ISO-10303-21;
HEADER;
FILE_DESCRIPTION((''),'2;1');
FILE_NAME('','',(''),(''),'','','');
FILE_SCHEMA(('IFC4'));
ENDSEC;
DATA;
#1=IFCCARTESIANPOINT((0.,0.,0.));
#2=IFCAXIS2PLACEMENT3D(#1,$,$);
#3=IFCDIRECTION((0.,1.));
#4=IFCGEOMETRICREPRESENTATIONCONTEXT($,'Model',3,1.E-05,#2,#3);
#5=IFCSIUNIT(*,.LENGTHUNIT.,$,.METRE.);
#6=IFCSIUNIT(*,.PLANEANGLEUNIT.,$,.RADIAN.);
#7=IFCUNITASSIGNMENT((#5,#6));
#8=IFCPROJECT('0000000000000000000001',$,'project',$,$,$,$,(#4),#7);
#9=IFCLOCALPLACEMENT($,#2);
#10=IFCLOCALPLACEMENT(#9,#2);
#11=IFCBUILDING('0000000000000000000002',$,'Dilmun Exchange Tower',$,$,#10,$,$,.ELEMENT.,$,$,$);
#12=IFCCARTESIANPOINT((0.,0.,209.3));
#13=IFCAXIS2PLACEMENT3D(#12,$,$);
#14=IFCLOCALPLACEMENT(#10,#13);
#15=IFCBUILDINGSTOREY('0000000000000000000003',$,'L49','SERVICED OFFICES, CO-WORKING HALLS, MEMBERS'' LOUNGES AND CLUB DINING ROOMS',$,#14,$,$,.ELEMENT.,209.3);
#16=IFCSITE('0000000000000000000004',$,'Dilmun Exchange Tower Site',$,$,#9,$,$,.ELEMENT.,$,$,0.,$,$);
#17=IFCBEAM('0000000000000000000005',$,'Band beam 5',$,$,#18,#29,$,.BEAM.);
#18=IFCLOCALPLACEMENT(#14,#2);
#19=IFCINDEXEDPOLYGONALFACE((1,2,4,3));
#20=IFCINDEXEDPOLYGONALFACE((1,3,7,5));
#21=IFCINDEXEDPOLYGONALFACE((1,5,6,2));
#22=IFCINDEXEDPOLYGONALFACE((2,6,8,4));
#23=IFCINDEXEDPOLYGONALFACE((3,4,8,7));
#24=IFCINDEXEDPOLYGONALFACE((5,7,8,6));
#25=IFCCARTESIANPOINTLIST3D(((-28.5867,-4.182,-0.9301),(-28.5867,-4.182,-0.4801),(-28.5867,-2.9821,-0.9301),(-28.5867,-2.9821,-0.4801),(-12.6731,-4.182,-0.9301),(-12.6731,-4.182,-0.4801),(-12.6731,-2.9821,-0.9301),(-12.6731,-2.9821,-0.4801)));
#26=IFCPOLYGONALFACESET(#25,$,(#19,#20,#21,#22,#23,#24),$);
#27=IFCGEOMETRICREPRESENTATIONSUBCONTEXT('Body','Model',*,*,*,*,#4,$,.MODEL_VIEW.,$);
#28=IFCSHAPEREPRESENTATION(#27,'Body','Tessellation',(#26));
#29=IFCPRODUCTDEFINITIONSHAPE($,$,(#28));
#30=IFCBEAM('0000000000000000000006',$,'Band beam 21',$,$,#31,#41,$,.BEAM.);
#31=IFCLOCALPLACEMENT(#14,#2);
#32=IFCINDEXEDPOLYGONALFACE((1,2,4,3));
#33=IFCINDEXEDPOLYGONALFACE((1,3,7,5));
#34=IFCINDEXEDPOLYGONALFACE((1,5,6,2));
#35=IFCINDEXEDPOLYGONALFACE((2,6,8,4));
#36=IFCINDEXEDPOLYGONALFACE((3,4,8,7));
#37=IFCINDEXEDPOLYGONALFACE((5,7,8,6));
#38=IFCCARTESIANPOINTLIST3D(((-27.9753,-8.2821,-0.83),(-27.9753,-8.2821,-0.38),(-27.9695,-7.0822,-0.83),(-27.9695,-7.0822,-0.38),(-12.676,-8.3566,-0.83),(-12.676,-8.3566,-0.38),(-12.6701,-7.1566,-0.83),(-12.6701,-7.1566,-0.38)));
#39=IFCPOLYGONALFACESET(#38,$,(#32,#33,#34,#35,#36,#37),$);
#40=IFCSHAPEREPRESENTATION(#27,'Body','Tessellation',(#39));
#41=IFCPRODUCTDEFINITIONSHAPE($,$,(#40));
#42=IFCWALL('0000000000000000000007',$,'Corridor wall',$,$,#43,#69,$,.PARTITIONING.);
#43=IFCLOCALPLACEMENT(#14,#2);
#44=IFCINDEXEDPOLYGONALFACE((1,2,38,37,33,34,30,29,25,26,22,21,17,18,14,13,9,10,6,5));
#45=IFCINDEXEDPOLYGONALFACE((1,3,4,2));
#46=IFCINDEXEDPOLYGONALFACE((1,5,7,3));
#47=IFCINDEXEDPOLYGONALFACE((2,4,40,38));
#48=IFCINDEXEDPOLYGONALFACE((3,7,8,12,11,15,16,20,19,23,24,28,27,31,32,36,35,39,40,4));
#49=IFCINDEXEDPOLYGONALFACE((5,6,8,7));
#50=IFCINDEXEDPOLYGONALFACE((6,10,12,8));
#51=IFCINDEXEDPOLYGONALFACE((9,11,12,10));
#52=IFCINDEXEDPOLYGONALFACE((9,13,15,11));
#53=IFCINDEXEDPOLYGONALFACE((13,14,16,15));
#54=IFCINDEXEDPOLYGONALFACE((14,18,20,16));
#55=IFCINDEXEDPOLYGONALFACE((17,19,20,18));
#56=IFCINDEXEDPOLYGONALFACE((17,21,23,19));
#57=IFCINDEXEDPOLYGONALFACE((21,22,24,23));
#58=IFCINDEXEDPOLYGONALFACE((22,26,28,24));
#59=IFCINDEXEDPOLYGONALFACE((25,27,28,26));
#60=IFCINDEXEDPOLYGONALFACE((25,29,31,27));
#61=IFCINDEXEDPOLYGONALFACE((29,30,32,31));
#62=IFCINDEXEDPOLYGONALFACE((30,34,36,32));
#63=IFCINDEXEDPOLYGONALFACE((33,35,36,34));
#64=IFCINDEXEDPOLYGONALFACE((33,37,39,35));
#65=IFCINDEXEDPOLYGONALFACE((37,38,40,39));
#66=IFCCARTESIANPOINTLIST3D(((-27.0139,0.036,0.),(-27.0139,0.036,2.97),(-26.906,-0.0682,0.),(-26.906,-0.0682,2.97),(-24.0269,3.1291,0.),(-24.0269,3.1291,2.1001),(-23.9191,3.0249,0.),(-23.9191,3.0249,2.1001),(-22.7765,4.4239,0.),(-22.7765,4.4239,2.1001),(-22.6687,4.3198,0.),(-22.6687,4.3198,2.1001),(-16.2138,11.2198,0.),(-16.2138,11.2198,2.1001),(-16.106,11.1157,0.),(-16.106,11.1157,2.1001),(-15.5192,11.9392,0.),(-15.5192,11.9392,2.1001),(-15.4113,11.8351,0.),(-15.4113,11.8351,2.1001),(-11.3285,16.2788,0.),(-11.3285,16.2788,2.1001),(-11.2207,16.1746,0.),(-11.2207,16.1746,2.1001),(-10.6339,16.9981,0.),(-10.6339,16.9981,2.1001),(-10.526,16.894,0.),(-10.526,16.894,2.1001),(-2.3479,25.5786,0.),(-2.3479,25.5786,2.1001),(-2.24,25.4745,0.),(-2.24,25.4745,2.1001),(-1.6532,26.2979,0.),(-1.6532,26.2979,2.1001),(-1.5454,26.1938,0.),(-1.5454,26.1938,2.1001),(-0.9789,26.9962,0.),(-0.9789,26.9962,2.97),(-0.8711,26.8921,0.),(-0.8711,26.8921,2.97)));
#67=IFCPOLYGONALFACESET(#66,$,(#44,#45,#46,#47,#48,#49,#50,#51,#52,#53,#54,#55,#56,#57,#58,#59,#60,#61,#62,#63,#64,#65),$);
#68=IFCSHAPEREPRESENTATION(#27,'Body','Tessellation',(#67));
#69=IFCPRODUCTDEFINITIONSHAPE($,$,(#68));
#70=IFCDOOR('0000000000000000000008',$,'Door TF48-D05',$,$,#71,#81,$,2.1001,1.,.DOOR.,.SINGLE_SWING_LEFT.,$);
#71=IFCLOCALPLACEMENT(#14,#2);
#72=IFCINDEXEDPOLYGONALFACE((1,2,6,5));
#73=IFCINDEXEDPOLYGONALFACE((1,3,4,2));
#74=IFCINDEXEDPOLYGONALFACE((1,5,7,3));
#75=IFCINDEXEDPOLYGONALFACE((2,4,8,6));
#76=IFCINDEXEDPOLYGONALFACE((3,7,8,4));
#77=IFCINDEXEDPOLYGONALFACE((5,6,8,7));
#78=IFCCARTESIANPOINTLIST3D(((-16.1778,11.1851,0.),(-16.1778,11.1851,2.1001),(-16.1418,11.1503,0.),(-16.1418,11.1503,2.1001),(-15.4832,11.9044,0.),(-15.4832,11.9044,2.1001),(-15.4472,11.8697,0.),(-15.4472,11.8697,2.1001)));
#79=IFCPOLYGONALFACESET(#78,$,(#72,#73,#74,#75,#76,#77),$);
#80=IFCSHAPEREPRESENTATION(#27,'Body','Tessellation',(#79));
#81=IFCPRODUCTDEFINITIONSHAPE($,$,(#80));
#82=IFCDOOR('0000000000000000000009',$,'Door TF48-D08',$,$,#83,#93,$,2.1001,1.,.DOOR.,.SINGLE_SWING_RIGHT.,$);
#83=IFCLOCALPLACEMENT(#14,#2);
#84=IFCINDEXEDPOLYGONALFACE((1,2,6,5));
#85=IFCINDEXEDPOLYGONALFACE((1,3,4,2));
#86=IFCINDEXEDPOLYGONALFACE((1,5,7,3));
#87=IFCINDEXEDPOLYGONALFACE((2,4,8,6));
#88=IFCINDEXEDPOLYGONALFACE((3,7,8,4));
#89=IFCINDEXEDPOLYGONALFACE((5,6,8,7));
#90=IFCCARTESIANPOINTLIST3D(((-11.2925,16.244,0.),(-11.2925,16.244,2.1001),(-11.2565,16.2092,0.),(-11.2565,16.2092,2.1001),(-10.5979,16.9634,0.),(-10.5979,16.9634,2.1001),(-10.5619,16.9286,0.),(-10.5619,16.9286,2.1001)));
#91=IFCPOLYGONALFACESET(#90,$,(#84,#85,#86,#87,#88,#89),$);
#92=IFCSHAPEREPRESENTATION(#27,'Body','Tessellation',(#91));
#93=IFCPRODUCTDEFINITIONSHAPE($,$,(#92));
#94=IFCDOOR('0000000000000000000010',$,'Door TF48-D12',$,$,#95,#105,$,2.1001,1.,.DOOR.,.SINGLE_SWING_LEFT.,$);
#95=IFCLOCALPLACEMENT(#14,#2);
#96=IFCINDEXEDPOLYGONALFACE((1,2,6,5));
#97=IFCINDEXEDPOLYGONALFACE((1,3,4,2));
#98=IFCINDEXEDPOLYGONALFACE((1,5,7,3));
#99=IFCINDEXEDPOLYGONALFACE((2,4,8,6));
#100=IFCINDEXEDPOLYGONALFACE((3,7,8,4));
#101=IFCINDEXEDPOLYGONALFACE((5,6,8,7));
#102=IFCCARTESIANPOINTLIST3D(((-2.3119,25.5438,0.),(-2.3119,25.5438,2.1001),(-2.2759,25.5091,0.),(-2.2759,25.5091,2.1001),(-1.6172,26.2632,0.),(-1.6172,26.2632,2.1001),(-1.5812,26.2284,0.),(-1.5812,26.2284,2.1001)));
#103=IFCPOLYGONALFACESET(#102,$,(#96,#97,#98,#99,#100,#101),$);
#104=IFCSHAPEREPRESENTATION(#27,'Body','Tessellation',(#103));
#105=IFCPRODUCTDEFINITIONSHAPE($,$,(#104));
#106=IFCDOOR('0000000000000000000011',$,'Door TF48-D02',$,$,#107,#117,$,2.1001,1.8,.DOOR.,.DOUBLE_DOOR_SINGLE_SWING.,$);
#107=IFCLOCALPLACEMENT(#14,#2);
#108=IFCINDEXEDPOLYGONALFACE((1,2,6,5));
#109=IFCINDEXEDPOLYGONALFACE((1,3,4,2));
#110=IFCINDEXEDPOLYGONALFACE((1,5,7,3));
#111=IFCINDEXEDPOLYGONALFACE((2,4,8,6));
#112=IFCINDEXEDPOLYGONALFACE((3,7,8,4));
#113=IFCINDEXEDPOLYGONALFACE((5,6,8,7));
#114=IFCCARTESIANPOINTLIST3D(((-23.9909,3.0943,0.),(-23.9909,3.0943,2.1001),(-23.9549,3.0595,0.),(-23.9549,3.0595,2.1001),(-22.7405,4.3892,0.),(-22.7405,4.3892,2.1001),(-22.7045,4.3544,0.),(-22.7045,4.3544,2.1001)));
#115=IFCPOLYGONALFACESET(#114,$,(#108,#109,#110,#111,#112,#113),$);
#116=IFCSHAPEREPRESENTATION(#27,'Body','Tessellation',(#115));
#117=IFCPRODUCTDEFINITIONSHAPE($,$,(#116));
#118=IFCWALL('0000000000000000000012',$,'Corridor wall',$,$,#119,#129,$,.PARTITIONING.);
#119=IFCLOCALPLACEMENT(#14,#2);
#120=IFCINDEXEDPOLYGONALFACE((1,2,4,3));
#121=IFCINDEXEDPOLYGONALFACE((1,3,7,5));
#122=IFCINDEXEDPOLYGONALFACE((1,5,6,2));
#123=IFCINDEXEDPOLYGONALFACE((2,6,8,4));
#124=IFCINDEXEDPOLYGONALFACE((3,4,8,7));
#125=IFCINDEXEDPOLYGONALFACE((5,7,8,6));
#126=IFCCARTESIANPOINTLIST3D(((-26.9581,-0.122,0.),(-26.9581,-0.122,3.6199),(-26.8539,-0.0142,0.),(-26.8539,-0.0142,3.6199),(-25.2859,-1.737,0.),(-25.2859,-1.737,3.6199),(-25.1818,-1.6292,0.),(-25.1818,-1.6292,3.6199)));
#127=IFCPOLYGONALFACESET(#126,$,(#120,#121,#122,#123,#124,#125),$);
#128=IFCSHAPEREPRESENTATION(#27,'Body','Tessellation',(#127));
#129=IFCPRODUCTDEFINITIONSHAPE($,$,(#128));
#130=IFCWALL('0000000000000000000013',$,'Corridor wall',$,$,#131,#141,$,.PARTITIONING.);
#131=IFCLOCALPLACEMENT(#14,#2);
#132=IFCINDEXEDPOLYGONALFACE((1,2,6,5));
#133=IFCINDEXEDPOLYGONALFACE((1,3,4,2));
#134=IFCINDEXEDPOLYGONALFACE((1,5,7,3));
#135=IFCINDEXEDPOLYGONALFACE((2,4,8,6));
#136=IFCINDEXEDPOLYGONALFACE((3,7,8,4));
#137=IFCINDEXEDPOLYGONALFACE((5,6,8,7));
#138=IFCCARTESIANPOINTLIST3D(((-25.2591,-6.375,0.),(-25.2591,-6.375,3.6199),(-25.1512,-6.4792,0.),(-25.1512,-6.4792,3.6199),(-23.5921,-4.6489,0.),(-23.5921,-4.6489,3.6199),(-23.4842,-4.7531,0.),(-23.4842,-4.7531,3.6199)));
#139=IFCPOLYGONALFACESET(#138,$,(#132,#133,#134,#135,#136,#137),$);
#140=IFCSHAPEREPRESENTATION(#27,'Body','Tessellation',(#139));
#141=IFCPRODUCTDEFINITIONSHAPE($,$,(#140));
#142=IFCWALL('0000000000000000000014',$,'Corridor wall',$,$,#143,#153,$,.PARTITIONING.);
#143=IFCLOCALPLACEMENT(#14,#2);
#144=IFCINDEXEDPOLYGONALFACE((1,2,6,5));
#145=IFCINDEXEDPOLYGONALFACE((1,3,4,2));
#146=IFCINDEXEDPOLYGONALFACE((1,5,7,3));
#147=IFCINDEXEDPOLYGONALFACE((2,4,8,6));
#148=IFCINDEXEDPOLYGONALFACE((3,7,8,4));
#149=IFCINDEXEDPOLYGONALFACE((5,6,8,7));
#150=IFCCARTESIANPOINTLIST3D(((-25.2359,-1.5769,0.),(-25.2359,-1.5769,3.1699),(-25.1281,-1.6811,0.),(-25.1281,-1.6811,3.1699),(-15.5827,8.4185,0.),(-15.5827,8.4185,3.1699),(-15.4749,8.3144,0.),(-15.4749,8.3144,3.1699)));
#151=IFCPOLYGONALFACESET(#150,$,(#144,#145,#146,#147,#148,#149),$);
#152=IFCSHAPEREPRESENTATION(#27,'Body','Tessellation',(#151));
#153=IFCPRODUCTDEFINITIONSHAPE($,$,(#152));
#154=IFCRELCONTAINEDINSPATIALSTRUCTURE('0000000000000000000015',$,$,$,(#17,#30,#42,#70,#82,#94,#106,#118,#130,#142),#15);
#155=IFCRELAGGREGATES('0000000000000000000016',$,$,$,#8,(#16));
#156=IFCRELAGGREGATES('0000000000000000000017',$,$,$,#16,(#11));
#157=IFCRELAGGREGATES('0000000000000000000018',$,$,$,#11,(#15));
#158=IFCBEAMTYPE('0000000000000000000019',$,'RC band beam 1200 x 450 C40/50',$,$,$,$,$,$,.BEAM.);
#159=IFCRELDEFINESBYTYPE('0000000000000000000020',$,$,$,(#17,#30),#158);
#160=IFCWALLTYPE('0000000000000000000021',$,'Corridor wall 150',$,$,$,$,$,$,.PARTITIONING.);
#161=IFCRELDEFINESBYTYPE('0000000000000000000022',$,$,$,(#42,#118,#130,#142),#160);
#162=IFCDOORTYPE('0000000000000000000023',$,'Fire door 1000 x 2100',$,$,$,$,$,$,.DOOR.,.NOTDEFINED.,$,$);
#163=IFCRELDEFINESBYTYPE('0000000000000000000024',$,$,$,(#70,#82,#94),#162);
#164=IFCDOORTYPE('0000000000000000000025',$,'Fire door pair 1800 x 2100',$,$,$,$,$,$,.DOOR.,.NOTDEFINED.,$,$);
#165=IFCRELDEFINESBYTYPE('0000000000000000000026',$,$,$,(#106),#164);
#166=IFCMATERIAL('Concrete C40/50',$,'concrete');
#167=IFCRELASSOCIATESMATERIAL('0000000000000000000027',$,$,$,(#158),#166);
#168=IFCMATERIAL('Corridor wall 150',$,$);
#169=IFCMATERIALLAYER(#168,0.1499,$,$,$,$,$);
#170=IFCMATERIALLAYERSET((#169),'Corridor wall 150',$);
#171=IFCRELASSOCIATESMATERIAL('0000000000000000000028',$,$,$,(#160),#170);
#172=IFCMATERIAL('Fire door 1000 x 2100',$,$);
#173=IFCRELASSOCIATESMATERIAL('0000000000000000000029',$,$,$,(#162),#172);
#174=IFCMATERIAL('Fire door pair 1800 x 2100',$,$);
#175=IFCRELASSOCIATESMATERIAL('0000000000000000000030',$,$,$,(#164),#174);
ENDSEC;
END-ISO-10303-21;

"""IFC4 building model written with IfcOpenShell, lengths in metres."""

from ifc_helpers import new_model, si_unit, direction, frame, frame_2d, origin, origin_2d, place, context, subcontext, project, spatial, rectangle, extrude, material, layer, layer_set, material_profile, profile_set, type_object, element, fill, save


model = new_model("IFC4")

# Units and contexts
model_context = context("Model", 3, precision=1e-05, world=origin(), true_north=direction((0.0, 1.0)))
body_context = subcontext(model_context, "Body", "Model", "MODEL_VIEW")
ifc_project = project(units=[si_unit("LENGTHUNIT", "METRE"), si_unit("PLANEANGLEUNIT", "RADIAN")], contexts=[model_context])

# Site, building, storey
site_placement = place(None, origin())
site = spatial("IfcSite", under=ifc_project, at=site_placement, Name="Dilmun Exchange Tower Site", CompositionType="ELEMENT", RefElevation=0.0)
building_placement = place(site_placement, origin())
building = spatial("IfcBuilding", under=site, at=building_placement, Name="Dilmun Exchange Tower", CompositionType="ELEMENT")
storey_placement = place(building_placement, frame((0.0, 0.0, 209.3)))
storey = spatial("IfcBuildingStorey", under=building, at=storey_placement, Name="L49", Description="SERVICED OFFICES, CO-WORKING HALLS, MEMBERS' LOUNGES AND CLUB DINING ROOMS", CompositionType="ELEMENT", Elevation=209.3)

# Beams
ifc_material_1 = material(Name="Concrete C40/50", Category="concrete")
ifc_material_profile = material_profile(ifc_material_1, rectangle(XDim=1.2, YDim=0.45, at=origin_2d()), Name="1200 x 450")
ifc_profile_set = profile_set([ifc_material_profile], Name="Concrete C40/50")
beam_type = type_object("IfcBeamType", Name="RC band beam 1200 x 450 C40/50", PredefinedType="BEAM", material=ifc_profile_set)
beam_1_placement = place(storey_placement, frame((-28.5867, -3.582, -0.7051), z_axis=(1.0, 0.0, 0.0), x_axis=(0.0, 1.0, 0.0)))
element("IfcBeam", 1, at=beam_1_placement, inside=storey, type_object=beam_type, Name="Band beam 5", PredefinedType="BEAM", context=body_context, shape_type="SweptSolid", body=[
    extrude(rectangle(XDim=1.2, YDim=0.45, at=origin_2d()), origin(), (0.0, 0.0, 1.0), 15.9136),
])
beam_2_placement = place(storey_placement, frame((-27.9724, -7.6821, -0.605), z_axis=(0.999988, -0.004867, 0.0), x_axis=(0.004867, 0.999988, 0.0)))
element("IfcBeam", 2, at=beam_2_placement, inside=storey, type_object=beam_type, Name="Band beam 21", PredefinedType="BEAM", context=body_context, shape_type="SweptSolid", body=[
    extrude(rectangle(XDim=1.2, YDim=0.45, at=origin_2d()), origin(), (0.0, 0.0, 1.0), 15.2996),
])

# Wall, openings, doors
ifc_material_2 = material(Name="Corridor wall 150")
ifc_layer = layer(ifc_material_2, 0.1499)
ifc_layer_set = layer_set([ifc_layer], Name="Corridor wall 150")
wall_type = type_object("IfcWallType", Name="Corridor wall 150", PredefinedType="PARTITIONING", material=ifc_layer_set)
wall_1_placement = place(storey_placement, frame((-26.96, -0.0161, 0.0), z_axis=(0.0, 0.0, 1.0), x_axis=(0.694655, 0.719343, 0.0)))
wall_1 = element("IfcWall", 3, at=wall_1_placement, inside=storey, type_object=wall_type, Name="Corridor wall", PredefinedType="PARTITIONING", context=body_context, shape_type="SweptSolid", body=[
    extrude(rectangle(XDim=37.479, YDim=0.1499, at=frame_2d((18.7395, 0.0))), origin(), (0.0, 0.0, 1.0), 2.97),
])
opening_1_placement = place(wall_1_placement, frame((4.3, 0.0, 0.0)))
opening_1 = element("IfcOpeningElement", 4, at=opening_1_placement, cuts=wall_1, PredefinedType="OPENING", context=body_context, shape_type="SweptSolid", body=[
    extrude(rectangle(XDim=1.8, YDim=2.1001, at=frame_2d((0.8999, 1.05))), frame((0.0, 0.085, 0.0), z_axis=(0.0, -1.0, 0.0), x_axis=(1.0, 0.0, 0.0)), (0.0, 0.0, 1.0), 0.1699),
])
opening_2_placement = place(wall_1_placement, frame((15.5474, 0.0, 0.0)))
opening_2 = element("IfcOpeningElement", 5, at=opening_2_placement, cuts=wall_1, PredefinedType="OPENING", context=body_context, shape_type="SweptSolid", body=[
    extrude(rectangle(XDim=1.0, YDim=2.1001, at=frame_2d((0.5, 1.05))), frame((0.0, 0.085, 0.0), z_axis=(0.0, -1.0, 0.0), x_axis=(1.0, 0.0, 0.0)), (0.0, 0.0, 1.0), 0.1699),
])
opening_3_placement = place(wall_1_placement, frame((22.5801, 0.0, 0.0)))
opening_3 = element("IfcOpeningElement", 6, at=opening_3_placement, cuts=wall_1, PredefinedType="OPENING", context=body_context, shape_type="SweptSolid", body=[
    extrude(rectangle(XDim=1.0, YDim=2.1001, at=frame_2d((0.5, 1.05))), frame((0.0, 0.085, 0.0), z_axis=(0.0, -1.0, 0.0), x_axis=(1.0, 0.0, 0.0)), (0.0, 0.0, 1.0), 0.1699),
])
opening_4_placement = place(wall_1_placement, frame((35.5083, 0.0, 0.0)))
opening_4 = element("IfcOpeningElement", 7, at=opening_4_placement, cuts=wall_1, PredefinedType="OPENING", context=body_context, shape_type="SweptSolid", body=[
    extrude(rectangle(XDim=1.0, YDim=2.1001, at=frame_2d((0.5, 1.05))), frame((0.0, 0.085, 0.0), z_axis=(0.0, -1.0, 0.0), x_axis=(1.0, 0.0, 0.0)), (0.0, 0.0, 1.0), 0.1699),
])
ifc_material_3 = material(Name="Fire door 1000 x 2100")
door_type_1 = type_object("IfcDoorType", Name="Fire door 1000 x 2100", OperationType="NOTDEFINED", PredefinedType="DOOR", material=ifc_material_3)
door_1_placement = place(opening_2_placement, origin())
door_1 = element("IfcDoor", 8, at=door_1_placement, inside=storey, type_object=door_type_1, Name="Door TF48-D05", OperationType="SINGLE_SWING_LEFT", OverallHeight=2.1001, OverallWidth=1.0, PredefinedType="DOOR", context=body_context, shape_type="SweptSolid", body=[
    extrude(rectangle(XDim=1.0, YDim=2.1001, at=frame_2d((0.5, 1.05))), frame((0.0, 0.0249, 0.0), z_axis=(0.0, -1.0, 0.0), x_axis=(1.0, 0.0, 0.0)), (0.0, 0.0, 1.0), 0.05),
])
fill(opening_2, door_1)
door_2_placement = place(opening_3_placement, origin())
door_2 = element("IfcDoor", 9, at=door_2_placement, inside=storey, type_object=door_type_1, Name="Door TF48-D08", OperationType="SINGLE_SWING_RIGHT", OverallHeight=2.1001, OverallWidth=1.0, PredefinedType="DOOR", context=body_context, shape_type="SweptSolid", body=[
    extrude(rectangle(XDim=1.0, YDim=2.1001, at=frame_2d((0.5, 1.05))), frame((0.0, 0.0249, 0.0), z_axis=(0.0, -1.0, 0.0), x_axis=(1.0, 0.0, 0.0)), (0.0, 0.0, 1.0), 0.05),
])
fill(opening_3, door_2)
door_3_placement = place(opening_4_placement, origin())
door_3 = element("IfcDoor", 10, at=door_3_placement, inside=storey, type_object=door_type_1, Name="Door TF48-D12", OperationType="SINGLE_SWING_LEFT", OverallHeight=2.1001, OverallWidth=1.0, PredefinedType="DOOR", context=body_context, shape_type="SweptSolid", body=[
    extrude(rectangle(XDim=1.0, YDim=2.1001, at=frame_2d((0.5, 1.05))), frame((0.0, 0.0249, 0.0), z_axis=(0.0, -1.0, 0.0), x_axis=(1.0, 0.0, 0.0)), (0.0, 0.0, 1.0), 0.05),
])
fill(opening_4, door_3)
ifc_material_4 = material(Name="Fire door pair 1800 x 2100")
door_type_2 = type_object("IfcDoorType", Name="Fire door pair 1800 x 2100", OperationType="NOTDEFINED", PredefinedType="DOOR", material=ifc_material_4)
door_4_placement = place(opening_1_placement, origin())
door_4 = element("IfcDoor", 11, at=door_4_placement, inside=storey, type_object=door_type_2, Name="Door TF48-D02", OperationType="DOUBLE_DOOR_SINGLE_SWING", OverallHeight=2.1001, OverallWidth=1.8, PredefinedType="DOOR", context=body_context, shape_type="SweptSolid", body=[
    extrude(rectangle(XDim=1.8, YDim=2.1001, at=frame_2d((0.8999, 1.05))), frame((0.0, 0.0249, 0.0), z_axis=(0.0, -1.0, 0.0), x_axis=(1.0, 0.0, 0.0)), (0.0, 0.0, 1.0), 0.05),
])
fill(opening_1, door_4)

# Walls
wall_2_placement = place(storey_placement, frame((-26.906, -0.0681, 0.0), z_axis=(0.0, 0.0, 1.0), x_axis=(0.719287, -0.694713, 0.0)))
element("IfcWall", 12, at=wall_2_placement, inside=storey, type_object=wall_type, Name="Corridor wall", PredefinedType="PARTITIONING", context=body_context, shape_type="SweptSolid", body=[
    extrude(rectangle(XDim=2.3247, YDim=0.1499, at=frame_2d((1.1624, 0.0))), origin(), (0.0, 0.0, 1.0), 3.6199),
])
wall_3_placement = place(storey_placement, frame((-25.2051, -6.427, 0.0), z_axis=(0.0, 0.0, 1.0), x_axis=(0.694689, 0.71931, 0.0)))
element("IfcWall", 13, at=wall_3_placement, inside=storey, type_object=wall_type, Name="Corridor wall", PredefinedType="PARTITIONING", context=body_context, shape_type="SweptSolid", body=[
    extrude(rectangle(XDim=2.3997, YDim=0.1499, at=frame_2d((1.1997, 0.0))), origin(), (0.0, 0.0, 1.0), 3.6199),
])
wall_4_placement = place(storey_placement, frame((-25.1819, -1.6289, 0.0), z_axis=(0.0, 0.0, 1.0), x_axis=(0.694683, 0.719316, 0.0)))
element("IfcWall", 14, at=wall_4_placement, inside=storey, type_object=wall_type, Name="Corridor wall", PredefinedType="PARTITIONING", context=body_context, shape_type="SweptSolid", body=[
    extrude(rectangle(XDim=13.8958, YDim=0.1499, at=frame_2d((6.9478, 0.0))), origin(), (0.0, 0.0, 1.0), 3.1699),
])

save(model, "model.ifc")
